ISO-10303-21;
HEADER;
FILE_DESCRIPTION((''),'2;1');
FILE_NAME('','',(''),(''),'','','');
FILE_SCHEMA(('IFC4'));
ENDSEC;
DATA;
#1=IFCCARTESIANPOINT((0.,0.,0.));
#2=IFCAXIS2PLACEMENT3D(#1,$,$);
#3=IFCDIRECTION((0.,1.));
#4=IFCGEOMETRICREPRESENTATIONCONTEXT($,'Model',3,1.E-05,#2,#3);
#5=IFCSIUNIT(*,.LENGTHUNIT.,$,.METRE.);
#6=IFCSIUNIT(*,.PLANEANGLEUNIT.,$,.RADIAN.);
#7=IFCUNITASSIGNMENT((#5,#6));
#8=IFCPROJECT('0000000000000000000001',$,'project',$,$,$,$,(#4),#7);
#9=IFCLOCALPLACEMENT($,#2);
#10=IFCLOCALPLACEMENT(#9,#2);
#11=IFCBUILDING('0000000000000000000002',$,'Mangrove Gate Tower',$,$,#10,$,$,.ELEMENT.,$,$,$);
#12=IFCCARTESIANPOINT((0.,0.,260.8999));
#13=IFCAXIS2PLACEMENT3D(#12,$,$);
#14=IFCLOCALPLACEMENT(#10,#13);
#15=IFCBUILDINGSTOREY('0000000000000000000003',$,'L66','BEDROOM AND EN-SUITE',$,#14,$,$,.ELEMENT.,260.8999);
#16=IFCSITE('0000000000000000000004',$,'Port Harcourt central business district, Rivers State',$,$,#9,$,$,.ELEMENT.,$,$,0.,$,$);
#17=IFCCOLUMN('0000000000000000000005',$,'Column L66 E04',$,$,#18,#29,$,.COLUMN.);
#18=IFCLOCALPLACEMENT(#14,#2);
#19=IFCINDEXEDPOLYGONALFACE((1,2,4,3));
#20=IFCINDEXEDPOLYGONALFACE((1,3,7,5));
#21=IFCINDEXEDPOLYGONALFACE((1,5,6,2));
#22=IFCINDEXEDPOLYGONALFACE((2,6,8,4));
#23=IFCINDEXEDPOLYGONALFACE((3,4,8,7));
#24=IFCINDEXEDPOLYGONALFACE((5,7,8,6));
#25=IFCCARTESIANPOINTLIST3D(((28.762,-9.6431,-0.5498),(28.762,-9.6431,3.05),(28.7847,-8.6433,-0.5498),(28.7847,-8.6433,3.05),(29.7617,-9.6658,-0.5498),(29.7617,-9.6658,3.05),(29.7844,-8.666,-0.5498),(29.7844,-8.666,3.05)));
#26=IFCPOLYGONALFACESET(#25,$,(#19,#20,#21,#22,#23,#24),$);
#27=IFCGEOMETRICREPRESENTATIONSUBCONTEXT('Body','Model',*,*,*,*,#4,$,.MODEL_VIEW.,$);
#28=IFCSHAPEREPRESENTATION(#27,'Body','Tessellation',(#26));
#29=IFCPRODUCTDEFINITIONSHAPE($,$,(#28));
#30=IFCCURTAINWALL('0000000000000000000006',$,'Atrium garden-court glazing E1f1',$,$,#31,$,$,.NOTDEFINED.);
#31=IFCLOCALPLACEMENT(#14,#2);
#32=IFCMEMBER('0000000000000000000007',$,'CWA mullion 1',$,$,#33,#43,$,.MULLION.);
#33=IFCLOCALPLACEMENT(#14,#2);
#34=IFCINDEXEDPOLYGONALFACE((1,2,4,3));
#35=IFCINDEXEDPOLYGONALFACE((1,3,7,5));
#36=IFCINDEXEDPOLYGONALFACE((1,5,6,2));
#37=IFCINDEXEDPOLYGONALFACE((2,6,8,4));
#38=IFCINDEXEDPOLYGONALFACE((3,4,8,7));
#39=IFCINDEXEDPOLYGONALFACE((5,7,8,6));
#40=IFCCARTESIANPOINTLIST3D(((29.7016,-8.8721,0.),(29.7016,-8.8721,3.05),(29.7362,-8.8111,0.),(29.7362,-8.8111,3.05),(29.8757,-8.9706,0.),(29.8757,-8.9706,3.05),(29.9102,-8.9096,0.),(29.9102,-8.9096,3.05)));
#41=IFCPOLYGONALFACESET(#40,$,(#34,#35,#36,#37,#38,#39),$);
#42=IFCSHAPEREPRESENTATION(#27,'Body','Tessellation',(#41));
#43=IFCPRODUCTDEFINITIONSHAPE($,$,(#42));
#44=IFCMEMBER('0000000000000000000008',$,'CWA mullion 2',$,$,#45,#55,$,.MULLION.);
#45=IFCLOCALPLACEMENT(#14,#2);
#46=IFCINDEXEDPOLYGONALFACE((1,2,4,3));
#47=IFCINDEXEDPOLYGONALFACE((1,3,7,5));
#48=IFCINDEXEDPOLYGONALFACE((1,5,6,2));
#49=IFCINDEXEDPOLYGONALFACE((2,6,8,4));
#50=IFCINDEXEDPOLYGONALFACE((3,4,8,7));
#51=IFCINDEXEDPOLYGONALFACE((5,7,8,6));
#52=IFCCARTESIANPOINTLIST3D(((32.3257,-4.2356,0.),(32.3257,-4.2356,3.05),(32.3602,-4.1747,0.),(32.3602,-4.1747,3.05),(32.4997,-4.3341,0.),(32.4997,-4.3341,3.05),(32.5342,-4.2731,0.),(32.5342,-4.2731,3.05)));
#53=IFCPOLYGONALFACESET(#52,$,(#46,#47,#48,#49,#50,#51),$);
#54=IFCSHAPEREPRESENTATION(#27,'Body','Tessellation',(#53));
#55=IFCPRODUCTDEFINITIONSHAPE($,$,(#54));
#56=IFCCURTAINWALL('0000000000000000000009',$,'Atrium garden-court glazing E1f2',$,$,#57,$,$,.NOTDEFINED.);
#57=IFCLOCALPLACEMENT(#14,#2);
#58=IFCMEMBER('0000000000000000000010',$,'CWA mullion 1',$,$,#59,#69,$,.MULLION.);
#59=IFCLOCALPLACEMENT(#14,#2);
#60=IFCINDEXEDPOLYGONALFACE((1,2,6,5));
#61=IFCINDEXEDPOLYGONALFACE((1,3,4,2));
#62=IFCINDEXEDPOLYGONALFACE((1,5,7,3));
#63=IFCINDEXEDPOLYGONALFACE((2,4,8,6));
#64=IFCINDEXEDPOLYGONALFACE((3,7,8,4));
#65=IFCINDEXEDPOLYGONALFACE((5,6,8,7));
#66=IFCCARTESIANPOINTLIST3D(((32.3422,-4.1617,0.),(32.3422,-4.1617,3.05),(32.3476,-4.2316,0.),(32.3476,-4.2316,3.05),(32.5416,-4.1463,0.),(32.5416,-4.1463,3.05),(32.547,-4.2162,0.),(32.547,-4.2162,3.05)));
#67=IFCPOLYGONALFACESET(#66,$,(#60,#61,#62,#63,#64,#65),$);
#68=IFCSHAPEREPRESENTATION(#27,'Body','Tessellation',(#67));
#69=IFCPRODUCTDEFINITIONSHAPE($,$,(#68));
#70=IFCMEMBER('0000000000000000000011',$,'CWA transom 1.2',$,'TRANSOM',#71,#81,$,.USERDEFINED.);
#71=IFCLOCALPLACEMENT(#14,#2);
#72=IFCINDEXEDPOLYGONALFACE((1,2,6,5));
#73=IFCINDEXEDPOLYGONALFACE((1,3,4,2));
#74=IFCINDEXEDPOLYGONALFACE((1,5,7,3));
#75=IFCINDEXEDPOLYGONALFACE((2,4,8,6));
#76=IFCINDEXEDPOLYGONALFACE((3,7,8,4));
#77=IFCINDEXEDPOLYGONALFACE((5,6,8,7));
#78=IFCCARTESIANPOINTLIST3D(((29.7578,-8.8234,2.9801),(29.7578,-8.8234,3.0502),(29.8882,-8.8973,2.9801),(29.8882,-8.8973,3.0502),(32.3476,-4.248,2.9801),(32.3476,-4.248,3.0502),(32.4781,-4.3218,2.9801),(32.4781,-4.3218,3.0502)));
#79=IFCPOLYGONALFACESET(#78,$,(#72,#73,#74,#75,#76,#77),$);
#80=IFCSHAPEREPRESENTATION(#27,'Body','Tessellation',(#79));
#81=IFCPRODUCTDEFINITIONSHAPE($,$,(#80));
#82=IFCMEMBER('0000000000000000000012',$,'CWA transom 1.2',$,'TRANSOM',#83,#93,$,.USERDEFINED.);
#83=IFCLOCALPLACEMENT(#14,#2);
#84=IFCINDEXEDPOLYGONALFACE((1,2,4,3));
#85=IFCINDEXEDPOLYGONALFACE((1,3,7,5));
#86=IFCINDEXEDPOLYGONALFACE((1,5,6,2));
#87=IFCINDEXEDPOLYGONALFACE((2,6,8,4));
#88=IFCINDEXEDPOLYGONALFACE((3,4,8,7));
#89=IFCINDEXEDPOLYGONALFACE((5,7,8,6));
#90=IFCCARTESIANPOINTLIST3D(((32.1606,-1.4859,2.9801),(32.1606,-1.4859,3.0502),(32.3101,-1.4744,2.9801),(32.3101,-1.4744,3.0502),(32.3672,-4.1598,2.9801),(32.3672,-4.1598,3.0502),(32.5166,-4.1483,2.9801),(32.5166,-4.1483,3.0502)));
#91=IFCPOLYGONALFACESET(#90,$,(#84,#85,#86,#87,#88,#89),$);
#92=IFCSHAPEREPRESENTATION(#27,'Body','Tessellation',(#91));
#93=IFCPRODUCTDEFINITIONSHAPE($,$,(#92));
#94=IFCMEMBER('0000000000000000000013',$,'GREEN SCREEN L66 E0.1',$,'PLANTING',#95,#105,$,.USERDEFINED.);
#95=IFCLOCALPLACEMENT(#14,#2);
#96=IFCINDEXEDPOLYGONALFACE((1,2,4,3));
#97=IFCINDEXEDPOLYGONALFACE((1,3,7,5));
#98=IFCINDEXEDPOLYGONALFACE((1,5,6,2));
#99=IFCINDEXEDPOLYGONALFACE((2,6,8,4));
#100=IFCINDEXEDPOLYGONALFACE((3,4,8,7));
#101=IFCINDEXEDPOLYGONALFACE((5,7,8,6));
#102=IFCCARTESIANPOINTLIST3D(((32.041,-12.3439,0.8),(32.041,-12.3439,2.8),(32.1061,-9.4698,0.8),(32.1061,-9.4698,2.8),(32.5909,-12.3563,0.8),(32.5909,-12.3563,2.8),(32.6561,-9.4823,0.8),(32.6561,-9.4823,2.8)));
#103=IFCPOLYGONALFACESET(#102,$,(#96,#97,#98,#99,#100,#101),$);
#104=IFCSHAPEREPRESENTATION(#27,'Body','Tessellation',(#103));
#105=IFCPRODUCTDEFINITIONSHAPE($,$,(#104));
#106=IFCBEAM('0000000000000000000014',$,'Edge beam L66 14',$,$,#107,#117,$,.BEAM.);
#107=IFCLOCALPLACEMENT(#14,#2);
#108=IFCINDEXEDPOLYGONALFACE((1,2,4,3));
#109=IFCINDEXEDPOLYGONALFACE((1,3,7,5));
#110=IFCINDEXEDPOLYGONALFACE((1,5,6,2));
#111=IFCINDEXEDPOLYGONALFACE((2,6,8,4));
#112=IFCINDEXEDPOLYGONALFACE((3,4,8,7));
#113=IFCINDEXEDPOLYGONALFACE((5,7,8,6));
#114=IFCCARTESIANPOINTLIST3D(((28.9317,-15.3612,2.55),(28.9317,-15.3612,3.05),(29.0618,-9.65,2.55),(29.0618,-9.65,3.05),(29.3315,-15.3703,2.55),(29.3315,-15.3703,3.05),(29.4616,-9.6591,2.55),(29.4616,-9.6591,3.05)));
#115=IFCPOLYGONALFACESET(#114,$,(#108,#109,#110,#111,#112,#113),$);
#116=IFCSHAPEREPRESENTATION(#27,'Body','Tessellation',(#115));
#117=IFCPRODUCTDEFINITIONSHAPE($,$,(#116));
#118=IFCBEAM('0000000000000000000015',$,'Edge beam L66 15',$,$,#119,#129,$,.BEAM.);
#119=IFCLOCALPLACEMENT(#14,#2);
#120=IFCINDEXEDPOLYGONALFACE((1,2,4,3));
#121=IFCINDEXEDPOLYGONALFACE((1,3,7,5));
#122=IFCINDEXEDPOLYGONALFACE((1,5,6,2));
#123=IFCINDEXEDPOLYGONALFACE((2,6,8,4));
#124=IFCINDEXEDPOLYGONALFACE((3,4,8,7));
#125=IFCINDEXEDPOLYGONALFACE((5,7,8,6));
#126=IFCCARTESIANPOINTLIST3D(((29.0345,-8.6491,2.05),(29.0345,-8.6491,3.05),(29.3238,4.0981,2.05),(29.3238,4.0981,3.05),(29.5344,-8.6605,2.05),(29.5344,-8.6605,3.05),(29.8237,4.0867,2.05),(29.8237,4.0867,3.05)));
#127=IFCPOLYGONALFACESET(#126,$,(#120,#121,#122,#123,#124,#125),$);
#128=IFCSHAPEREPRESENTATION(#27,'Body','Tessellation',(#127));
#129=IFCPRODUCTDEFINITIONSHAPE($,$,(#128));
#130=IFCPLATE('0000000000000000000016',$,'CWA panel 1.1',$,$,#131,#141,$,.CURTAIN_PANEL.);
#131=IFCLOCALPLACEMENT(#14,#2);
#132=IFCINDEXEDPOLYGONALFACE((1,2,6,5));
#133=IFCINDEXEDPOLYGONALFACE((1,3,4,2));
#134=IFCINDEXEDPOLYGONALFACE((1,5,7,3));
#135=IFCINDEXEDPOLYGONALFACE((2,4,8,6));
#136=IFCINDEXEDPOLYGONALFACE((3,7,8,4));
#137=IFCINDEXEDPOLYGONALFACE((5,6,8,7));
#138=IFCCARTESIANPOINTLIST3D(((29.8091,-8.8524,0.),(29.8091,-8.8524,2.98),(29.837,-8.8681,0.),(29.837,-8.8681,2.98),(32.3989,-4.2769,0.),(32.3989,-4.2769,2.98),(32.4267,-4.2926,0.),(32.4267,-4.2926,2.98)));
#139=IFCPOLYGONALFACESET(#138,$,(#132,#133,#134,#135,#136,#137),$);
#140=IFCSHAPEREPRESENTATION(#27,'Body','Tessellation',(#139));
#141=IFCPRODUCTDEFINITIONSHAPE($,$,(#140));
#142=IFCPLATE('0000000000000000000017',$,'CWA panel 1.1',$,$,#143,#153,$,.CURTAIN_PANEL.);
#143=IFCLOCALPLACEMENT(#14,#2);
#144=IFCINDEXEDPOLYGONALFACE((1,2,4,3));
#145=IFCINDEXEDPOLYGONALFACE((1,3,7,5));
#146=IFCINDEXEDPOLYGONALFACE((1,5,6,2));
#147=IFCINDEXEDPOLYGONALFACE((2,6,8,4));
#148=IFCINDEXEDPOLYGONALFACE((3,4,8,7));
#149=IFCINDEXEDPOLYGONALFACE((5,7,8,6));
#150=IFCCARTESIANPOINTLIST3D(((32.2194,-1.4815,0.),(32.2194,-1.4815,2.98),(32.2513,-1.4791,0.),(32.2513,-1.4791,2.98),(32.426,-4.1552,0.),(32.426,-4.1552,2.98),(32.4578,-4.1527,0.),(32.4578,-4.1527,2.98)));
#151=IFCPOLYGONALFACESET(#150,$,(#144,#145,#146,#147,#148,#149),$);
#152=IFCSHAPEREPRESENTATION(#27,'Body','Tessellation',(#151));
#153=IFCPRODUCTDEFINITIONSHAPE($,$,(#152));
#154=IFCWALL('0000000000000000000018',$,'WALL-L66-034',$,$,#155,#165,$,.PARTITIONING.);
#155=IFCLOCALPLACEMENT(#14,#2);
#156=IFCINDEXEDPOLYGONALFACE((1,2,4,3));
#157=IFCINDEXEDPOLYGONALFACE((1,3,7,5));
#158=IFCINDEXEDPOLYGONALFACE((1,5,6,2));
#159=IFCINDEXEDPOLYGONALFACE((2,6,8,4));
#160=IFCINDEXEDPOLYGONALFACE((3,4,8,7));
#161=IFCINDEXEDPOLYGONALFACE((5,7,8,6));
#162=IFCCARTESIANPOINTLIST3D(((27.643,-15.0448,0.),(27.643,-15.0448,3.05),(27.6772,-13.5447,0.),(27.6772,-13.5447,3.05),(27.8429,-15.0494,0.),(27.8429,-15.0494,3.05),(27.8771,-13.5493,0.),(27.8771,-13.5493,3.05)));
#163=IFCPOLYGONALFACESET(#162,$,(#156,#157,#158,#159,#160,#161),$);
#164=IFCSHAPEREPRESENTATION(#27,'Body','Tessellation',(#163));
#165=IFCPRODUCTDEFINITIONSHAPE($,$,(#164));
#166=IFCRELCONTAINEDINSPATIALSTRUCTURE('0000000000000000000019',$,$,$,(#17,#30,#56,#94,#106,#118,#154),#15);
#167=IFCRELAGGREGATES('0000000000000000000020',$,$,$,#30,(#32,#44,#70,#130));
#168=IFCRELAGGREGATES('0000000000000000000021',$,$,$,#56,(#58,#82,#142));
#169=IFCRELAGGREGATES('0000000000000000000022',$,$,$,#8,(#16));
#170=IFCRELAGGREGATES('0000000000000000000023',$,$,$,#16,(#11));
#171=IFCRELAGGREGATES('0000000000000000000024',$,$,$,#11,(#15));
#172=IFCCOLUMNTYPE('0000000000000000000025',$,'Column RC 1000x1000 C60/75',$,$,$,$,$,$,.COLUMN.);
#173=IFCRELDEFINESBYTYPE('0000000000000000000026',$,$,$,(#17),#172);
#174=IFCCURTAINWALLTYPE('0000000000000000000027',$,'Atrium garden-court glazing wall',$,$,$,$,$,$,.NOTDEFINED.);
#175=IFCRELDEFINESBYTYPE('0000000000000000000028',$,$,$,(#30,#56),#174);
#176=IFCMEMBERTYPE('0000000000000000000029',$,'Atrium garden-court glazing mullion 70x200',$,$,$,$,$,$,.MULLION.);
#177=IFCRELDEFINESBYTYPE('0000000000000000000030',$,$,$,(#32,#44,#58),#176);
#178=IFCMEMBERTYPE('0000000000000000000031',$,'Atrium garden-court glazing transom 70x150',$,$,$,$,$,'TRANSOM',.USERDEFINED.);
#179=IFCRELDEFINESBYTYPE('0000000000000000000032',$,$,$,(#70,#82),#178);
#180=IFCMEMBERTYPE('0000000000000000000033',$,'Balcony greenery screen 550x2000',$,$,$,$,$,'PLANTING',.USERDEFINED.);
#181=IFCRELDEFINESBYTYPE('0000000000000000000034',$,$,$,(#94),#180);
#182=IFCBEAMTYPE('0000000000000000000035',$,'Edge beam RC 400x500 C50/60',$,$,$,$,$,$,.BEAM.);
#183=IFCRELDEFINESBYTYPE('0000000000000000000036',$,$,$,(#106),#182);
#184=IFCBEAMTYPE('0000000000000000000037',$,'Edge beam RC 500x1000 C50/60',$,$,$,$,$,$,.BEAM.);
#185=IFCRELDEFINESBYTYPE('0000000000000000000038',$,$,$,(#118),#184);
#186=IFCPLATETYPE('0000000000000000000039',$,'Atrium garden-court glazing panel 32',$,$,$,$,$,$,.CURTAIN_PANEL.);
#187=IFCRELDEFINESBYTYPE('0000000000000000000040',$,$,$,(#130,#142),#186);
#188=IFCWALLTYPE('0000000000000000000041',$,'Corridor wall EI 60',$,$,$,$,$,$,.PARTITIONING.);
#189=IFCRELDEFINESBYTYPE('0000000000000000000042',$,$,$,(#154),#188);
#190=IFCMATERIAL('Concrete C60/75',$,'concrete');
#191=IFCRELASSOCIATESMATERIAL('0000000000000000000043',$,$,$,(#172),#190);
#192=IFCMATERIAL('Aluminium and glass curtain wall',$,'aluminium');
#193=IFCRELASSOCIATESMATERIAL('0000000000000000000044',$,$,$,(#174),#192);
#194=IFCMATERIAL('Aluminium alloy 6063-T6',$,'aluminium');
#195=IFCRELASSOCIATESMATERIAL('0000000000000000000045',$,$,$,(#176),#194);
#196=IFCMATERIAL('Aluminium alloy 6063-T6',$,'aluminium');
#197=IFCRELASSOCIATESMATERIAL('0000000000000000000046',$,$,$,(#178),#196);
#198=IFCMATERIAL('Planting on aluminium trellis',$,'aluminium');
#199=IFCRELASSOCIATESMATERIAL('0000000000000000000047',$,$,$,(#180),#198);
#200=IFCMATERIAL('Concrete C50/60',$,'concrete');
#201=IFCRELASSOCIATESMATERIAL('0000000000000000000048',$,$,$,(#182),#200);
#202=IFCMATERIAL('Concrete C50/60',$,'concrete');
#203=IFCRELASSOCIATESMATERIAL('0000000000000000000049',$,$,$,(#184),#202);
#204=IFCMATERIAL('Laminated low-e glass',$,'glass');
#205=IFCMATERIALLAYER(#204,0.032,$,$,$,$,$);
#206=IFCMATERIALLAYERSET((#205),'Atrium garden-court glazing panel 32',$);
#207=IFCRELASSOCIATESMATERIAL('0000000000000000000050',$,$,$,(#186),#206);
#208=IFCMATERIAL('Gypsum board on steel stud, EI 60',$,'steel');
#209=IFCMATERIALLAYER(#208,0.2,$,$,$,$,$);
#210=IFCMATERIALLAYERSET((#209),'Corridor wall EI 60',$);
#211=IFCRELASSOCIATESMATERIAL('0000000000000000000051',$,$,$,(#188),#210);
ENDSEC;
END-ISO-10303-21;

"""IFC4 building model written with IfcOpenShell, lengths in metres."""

from ifc_helpers import new_model, si_unit, direction, frame, frame_2d, origin, origin_2d, place, context, subcontext, project, spatial, rectangle, extrude, material, layer, layer_set, material_profile, profile_set, type_object, element, aggregate, save


model = new_model("IFC4")

# Units and contexts
model_context = context("Model", 3, precision=1e-05, world=origin(), true_north=direction((0.0, 1.0)))
body_context = subcontext(model_context, "Body", "Model", "MODEL_VIEW")
ifc_project = project(units=[si_unit("LENGTHUNIT", "METRE"), si_unit("PLANEANGLEUNIT", "RADIAN")], contexts=[model_context])

# Site, building, storey
site_placement = place(None, origin())
site = spatial("IfcSite", under=ifc_project, at=site_placement, Name="Port Harcourt central business district, Rivers State", CompositionType="ELEMENT", RefElevation=0.0)
building_placement = place(site_placement, origin())
building = spatial("IfcBuilding", under=site, at=building_placement, Name="Mangrove Gate Tower", CompositionType="ELEMENT")
storey_placement = place(building_placement, frame((0.0, 0.0, 260.8999)))
storey = spatial("IfcBuildingStorey", under=building, at=storey_placement, Name="L66", Description="BEDROOM AND EN-SUITE", CompositionType="ELEMENT", Elevation=260.8999)

# Column
ifc_material_1 = material(Name="Concrete C60/75", Category="concrete")
ifc_material_profile_1 = material_profile(ifc_material_1, rectangle(XDim=1.0, YDim=1.0, at=origin_2d()))
ifc_profile_set_1 = profile_set([ifc_material_profile_1], Name="Concrete C60/75")
column_type = type_object("IfcColumnType", Name="Column RC 1000x1000 C60/75", PredefinedType="COLUMN", material=ifc_profile_set_1)
column_placement = place(storey_placement, frame((29.2732, -9.1545, -0.5498), z_axis=(0.0, 0.0, 1.0), x_axis=(0.022724, 0.999742, 0.0)))
element("IfcColumn", 1, at=column_placement, inside=storey, type_object=column_type, Name="Column L66 E04", PredefinedType="COLUMN", context=body_context, shape_type="SweptSolid", body=[
    extrude(rectangle(XDim=1.0, YDim=1.0, at=origin_2d()), origin(), (0.0, 0.0, 1.0), 3.5999),
])

# Curtain wall, members
ifc_material_2 = material(Name="Aluminium and glass curtain wall", Category="aluminium")
curtain_wall_type = type_object("IfcCurtainWallType", Name="Atrium garden-court glazing wall", PredefinedType="NOTDEFINED", material=ifc_material_2)
curtain_wall_1_placement = place(storey_placement, origin())
curtain_wall_1 = element("IfcCurtainWall", 2, at=curtain_wall_1_placement, inside=storey, type_object=curtain_wall_type, Name="Atrium garden-court glazing E1f1", PredefinedType="NOTDEFINED")
ifc_material_3 = material(Name="Aluminium alloy 6063-T6", Category="aluminium")
ifc_material_profile_2 = material_profile(ifc_material_3, rectangle(XDim=0.0701, YDim=0.2, at=origin_2d()))
ifc_profile_set_2 = profile_set([ifc_material_profile_2], Name="Aluminium alloy 6063-T6")
member_type_1 = type_object("IfcMemberType", Name="Atrium garden-court glazing mullion 70x200", PredefinedType="MULLION", material=ifc_profile_set_2)
member_1_placement = place(storey_placement, frame((29.8059, -8.8909, 0.0), z_axis=(0.0, 0.0, 1.0), x_axis=(0.492568, 0.870274, 0.0)))
member_1 = element("IfcMember", 3, at=member_1_placement, type_object=member_type_1, Name="CWA mullion 1", PredefinedType="MULLION", context=body_context, shape_type="SweptSolid", body=[
    extrude(rectangle(XDim=0.0701, YDim=0.2, at=origin_2d()), origin(), (0.0, 0.0, 1.0), 3.05),
])
member_2_placement = place(storey_placement, frame((32.4299, -4.2544, 0.0), z_axis=(0.0, 0.0, 1.0), x_axis=(0.492568, 0.870274, 0.0)))
member_2 = element("IfcMember", 4, at=member_2_placement, type_object=member_type_1, Name="CWA mullion 2", PredefinedType="MULLION", context=body_context, shape_type="SweptSolid", body=[
    extrude(rectangle(XDim=0.0701, YDim=0.2, at=origin_2d()), origin(), (0.0, 0.0, 1.0), 3.05),
])

# Curtain wall, member
curtain_wall_2_placement = place(storey_placement, origin())
curtain_wall_2 = element("IfcCurtainWall", 5, at=curtain_wall_2_placement, inside=storey, type_object=curtain_wall_type, Name="Atrium garden-court glazing E1f2", PredefinedType="NOTDEFINED")
member_3_placement = place(storey_placement, frame((32.4446, -4.189, 0.0), z_axis=(0.0, 0.0, 1.0), x_axis=(-0.077023, 0.997029, 0.0)))
member_3 = element("IfcMember", 6, at=member_3_placement, type_object=member_type_1, Name="CWA mullion 1", PredefinedType="MULLION", context=body_context, shape_type="SweptSolid", body=[
    extrude(rectangle(XDim=0.0701, YDim=0.2, at=origin_2d()), origin(), (0.0, 0.0, 1.0), 3.05),
])

# Members
ifc_material_4 = material(Name="Aluminium alloy 6063-T6", Category="aluminium")
ifc_material_profile_3 = material_profile(ifc_material_4, rectangle(XDim=0.0701, YDim=0.1499, at=origin_2d()))
ifc_profile_set_3 = profile_set([ifc_material_profile_3], Name="Aluminium alloy 6063-T6")
member_type_2 = type_object("IfcMemberType", Name="Atrium garden-court glazing transom 70x150", ElementType="TRANSOM", PredefinedType="USERDEFINED", material=ifc_profile_set_3)
member_4_placement = place(storey_placement, frame((29.823, -8.8604, 3.0151), z_axis=(0.492594, 0.870259, 0.0), x_axis=(0.0, 0.0, 1.0)))
member_4 = element("IfcMember", 7, at=member_4_placement, type_object=member_type_2, Name="CWA transom 1.2", ObjectType="TRANSOM", PredefinedType="USERDEFINED", context=body_context, shape_type="SweptSolid", body=[
    extrude(rectangle(XDim=0.0701, YDim=0.1499, at=origin_2d()), origin(), (0.0, 0.0, 1.0), 5.2576),
])
member_5_placement = place(storey_placement, frame((32.4419, -4.1541, 3.0151), z_axis=(-0.077017, 0.99703, 0.0), x_axis=(0.0, 0.0, 1.0)))
member_5 = element("IfcMember", 8, at=member_5_placement, type_object=member_type_2, Name="CWA transom 1.2", ObjectType="TRANSOM", PredefinedType="USERDEFINED", context=body_context, shape_type="SweptSolid", body=[
    extrude(rectangle(XDim=0.0701, YDim=0.1499, at=origin_2d()), origin(), (0.0, 0.0, 1.0), 2.6819),
])
ifc_material_5 = material(Name="Planting on aluminium trellis", Category="aluminium")
ifc_material_profile_4 = material_profile(ifc_material_5, rectangle(XDim=0.55, YDim=2.0, at=origin_2d()))
ifc_profile_set_4 = profile_set([ifc_material_profile_4], Name="Planting on aluminium trellis")
member_type_3 = type_object("IfcMemberType", Name="Balcony greenery screen 550x2000", ElementType="PLANTING", PredefinedType="USERDEFINED", material=ifc_profile_set_4)
member_6_placement = place(storey_placement, frame((32.3159, -12.3501, 1.8), z_axis=(0.022675, 0.999743, 0.0), x_axis=(-0.999743, 0.022675, 0.0)))
element("IfcMember", 9, at=member_6_placement, inside=storey, type_object=member_type_3, Name="GREEN SCREEN L66 E0.1", ObjectType="PLANTING", PredefinedType="USERDEFINED", context=body_context, shape_type="SweptSolid", body=[
    extrude(rectangle(XDim=0.55, YDim=2.0, at=origin_2d()), origin(), (0.0, 0.0, 1.0), 2.8748),
])

# Beams
ifc_material_6 = material(Name="Concrete C50/60", Category="concrete")
ifc_material_profile_5 = material_profile(ifc_material_6, rectangle(XDim=0.3999, YDim=0.5, at=origin_2d()))
ifc_profile_set_5 = profile_set([ifc_material_profile_5], Name="Concrete C50/60")
beam_type_1 = type_object("IfcBeamType", Name="Edge beam RC 400x500 C50/60", PredefinedType="BEAM", material=ifc_profile_set_5)
beam_1_placement = place(storey_placement, frame((29.1316, -15.3657, 2.8), z_axis=(0.022779, 0.999741, 0.0), x_axis=(-0.999741, 0.022779, 0.0)))
element("IfcBeam", 10, at=beam_1_placement, inside=storey, type_object=beam_type_1, Name="Edge beam L66 14", PredefinedType="BEAM", context=body_context, shape_type="SweptSolid", body=[
    extrude(rectangle(XDim=0.3999, YDim=0.5, at=origin_2d()), origin(), (0.0, 0.0, 1.0), 5.7126),
])
ifc_material_7 = material(Name="Concrete C50/60", Category="concrete")
ifc_material_profile_6 = material_profile(ifc_material_7, rectangle(XDim=0.5, YDim=1.0, at=origin_2d()))
ifc_profile_set_6 = profile_set([ifc_material_profile_6], Name="Concrete C50/60")
beam_type_2 = type_object("IfcBeamType", Name="Edge beam RC 500x1000 C50/60", PredefinedType="BEAM", material=ifc_profile_set_6)
beam_2_placement = place(storey_placement, frame((29.2844, -8.6548, 2.55), z_axis=(0.02269, 0.999743, 0.0), x_axis=(-0.999743, 0.02269, 0.0)))
element("IfcBeam", 11, at=beam_2_placement, inside=storey, type_object=beam_type_2, Name="Edge beam L66 15", PredefinedType="BEAM", context=body_context, shape_type="SweptSolid", body=[
    extrude(rectangle(XDim=0.5, YDim=1.0, at=origin_2d()), origin(), (0.0, 0.0, 1.0), 12.7505),
])

# Plates
ifc_material_8 = material(Name="Laminated low-e glass", Category="glass")
ifc_layer_1 = layer(ifc_material_8, 0.032)
ifc_layer_set_1 = layer_set([ifc_layer_1], Name="Atrium garden-court glazing panel 32")
plate_type = type_object("IfcPlateType", Name="Atrium garden-court glazing panel 32", PredefinedType="CURTAIN_PANEL", material=ifc_layer_set_1)
plate_1_placement = place(storey_placement, frame((31.1179, -6.5725, 0.0), z_axis=(0.0, 0.0, 1.0), x_axis=(0.492568, 0.870274, 0.0)))
plate_1 = element("IfcPlate", 12, at=plate_1_placement, type_object=plate_type, Name="CWA panel 1.1", PredefinedType="CURTAIN_PANEL", context=body_context, shape_type="SweptSolid", body=[
    extrude(rectangle(XDim=5.2576, YDim=0.032, at=origin_2d()), origin(), (0.0, 0.0, 1.0), 2.98),
])
aggregate(curtain_wall_1, [member_1, member_2, member_4, plate_1])
plate_2_placement = place(storey_placement, frame((32.3386, -2.8171, 0.0), z_axis=(0.0, 0.0, 1.0), x_axis=(-0.077023, 0.997029, 0.0)))
plate_2 = element("IfcPlate", 13, at=plate_2_placement, type_object=plate_type, Name="CWA panel 1.1", PredefinedType="CURTAIN_PANEL", context=body_context, shape_type="SweptSolid", body=[
    extrude(rectangle(XDim=2.6816, YDim=0.032, at=origin_2d()), origin(), (0.0, 0.0, 1.0), 2.98),
])
aggregate(curtain_wall_2, [member_3, member_5, plate_2])

# Wall
ifc_material_9 = material(Name="Gypsum board on steel stud, EI 60", Category="steel")
ifc_layer_2 = layer(ifc_material_9, 0.2)
ifc_layer_set_2 = layer_set([ifc_layer_2], Name="Corridor wall EI 60")
wall_type_1 = type_object("IfcWallType", Name="Corridor wall EI 60", PredefinedType="PARTITIONING", material=ifc_layer_set_2)
wall_1_placement = place(storey_placement, frame((27.7429, -15.0471, 0.0), z_axis=(0.0, 0.0, 1.0), x_axis=(0.022781, 0.99974, 0.0)))
element("IfcWall", 14, at=wall_1_placement, inside=storey, type_object=wall_type_1, Name="WALL-L66-034", PredefinedType="PARTITIONING", context=body_context, shape_type="SweptSolid", body=[
    extrude(rectangle(XDim=1.5005, YDim=0.2, at=frame_2d((0.7502, 0.0))), origin(), (0.0, 0.0, 1.0), 3.05),
])

save(model, "model.ifc")
